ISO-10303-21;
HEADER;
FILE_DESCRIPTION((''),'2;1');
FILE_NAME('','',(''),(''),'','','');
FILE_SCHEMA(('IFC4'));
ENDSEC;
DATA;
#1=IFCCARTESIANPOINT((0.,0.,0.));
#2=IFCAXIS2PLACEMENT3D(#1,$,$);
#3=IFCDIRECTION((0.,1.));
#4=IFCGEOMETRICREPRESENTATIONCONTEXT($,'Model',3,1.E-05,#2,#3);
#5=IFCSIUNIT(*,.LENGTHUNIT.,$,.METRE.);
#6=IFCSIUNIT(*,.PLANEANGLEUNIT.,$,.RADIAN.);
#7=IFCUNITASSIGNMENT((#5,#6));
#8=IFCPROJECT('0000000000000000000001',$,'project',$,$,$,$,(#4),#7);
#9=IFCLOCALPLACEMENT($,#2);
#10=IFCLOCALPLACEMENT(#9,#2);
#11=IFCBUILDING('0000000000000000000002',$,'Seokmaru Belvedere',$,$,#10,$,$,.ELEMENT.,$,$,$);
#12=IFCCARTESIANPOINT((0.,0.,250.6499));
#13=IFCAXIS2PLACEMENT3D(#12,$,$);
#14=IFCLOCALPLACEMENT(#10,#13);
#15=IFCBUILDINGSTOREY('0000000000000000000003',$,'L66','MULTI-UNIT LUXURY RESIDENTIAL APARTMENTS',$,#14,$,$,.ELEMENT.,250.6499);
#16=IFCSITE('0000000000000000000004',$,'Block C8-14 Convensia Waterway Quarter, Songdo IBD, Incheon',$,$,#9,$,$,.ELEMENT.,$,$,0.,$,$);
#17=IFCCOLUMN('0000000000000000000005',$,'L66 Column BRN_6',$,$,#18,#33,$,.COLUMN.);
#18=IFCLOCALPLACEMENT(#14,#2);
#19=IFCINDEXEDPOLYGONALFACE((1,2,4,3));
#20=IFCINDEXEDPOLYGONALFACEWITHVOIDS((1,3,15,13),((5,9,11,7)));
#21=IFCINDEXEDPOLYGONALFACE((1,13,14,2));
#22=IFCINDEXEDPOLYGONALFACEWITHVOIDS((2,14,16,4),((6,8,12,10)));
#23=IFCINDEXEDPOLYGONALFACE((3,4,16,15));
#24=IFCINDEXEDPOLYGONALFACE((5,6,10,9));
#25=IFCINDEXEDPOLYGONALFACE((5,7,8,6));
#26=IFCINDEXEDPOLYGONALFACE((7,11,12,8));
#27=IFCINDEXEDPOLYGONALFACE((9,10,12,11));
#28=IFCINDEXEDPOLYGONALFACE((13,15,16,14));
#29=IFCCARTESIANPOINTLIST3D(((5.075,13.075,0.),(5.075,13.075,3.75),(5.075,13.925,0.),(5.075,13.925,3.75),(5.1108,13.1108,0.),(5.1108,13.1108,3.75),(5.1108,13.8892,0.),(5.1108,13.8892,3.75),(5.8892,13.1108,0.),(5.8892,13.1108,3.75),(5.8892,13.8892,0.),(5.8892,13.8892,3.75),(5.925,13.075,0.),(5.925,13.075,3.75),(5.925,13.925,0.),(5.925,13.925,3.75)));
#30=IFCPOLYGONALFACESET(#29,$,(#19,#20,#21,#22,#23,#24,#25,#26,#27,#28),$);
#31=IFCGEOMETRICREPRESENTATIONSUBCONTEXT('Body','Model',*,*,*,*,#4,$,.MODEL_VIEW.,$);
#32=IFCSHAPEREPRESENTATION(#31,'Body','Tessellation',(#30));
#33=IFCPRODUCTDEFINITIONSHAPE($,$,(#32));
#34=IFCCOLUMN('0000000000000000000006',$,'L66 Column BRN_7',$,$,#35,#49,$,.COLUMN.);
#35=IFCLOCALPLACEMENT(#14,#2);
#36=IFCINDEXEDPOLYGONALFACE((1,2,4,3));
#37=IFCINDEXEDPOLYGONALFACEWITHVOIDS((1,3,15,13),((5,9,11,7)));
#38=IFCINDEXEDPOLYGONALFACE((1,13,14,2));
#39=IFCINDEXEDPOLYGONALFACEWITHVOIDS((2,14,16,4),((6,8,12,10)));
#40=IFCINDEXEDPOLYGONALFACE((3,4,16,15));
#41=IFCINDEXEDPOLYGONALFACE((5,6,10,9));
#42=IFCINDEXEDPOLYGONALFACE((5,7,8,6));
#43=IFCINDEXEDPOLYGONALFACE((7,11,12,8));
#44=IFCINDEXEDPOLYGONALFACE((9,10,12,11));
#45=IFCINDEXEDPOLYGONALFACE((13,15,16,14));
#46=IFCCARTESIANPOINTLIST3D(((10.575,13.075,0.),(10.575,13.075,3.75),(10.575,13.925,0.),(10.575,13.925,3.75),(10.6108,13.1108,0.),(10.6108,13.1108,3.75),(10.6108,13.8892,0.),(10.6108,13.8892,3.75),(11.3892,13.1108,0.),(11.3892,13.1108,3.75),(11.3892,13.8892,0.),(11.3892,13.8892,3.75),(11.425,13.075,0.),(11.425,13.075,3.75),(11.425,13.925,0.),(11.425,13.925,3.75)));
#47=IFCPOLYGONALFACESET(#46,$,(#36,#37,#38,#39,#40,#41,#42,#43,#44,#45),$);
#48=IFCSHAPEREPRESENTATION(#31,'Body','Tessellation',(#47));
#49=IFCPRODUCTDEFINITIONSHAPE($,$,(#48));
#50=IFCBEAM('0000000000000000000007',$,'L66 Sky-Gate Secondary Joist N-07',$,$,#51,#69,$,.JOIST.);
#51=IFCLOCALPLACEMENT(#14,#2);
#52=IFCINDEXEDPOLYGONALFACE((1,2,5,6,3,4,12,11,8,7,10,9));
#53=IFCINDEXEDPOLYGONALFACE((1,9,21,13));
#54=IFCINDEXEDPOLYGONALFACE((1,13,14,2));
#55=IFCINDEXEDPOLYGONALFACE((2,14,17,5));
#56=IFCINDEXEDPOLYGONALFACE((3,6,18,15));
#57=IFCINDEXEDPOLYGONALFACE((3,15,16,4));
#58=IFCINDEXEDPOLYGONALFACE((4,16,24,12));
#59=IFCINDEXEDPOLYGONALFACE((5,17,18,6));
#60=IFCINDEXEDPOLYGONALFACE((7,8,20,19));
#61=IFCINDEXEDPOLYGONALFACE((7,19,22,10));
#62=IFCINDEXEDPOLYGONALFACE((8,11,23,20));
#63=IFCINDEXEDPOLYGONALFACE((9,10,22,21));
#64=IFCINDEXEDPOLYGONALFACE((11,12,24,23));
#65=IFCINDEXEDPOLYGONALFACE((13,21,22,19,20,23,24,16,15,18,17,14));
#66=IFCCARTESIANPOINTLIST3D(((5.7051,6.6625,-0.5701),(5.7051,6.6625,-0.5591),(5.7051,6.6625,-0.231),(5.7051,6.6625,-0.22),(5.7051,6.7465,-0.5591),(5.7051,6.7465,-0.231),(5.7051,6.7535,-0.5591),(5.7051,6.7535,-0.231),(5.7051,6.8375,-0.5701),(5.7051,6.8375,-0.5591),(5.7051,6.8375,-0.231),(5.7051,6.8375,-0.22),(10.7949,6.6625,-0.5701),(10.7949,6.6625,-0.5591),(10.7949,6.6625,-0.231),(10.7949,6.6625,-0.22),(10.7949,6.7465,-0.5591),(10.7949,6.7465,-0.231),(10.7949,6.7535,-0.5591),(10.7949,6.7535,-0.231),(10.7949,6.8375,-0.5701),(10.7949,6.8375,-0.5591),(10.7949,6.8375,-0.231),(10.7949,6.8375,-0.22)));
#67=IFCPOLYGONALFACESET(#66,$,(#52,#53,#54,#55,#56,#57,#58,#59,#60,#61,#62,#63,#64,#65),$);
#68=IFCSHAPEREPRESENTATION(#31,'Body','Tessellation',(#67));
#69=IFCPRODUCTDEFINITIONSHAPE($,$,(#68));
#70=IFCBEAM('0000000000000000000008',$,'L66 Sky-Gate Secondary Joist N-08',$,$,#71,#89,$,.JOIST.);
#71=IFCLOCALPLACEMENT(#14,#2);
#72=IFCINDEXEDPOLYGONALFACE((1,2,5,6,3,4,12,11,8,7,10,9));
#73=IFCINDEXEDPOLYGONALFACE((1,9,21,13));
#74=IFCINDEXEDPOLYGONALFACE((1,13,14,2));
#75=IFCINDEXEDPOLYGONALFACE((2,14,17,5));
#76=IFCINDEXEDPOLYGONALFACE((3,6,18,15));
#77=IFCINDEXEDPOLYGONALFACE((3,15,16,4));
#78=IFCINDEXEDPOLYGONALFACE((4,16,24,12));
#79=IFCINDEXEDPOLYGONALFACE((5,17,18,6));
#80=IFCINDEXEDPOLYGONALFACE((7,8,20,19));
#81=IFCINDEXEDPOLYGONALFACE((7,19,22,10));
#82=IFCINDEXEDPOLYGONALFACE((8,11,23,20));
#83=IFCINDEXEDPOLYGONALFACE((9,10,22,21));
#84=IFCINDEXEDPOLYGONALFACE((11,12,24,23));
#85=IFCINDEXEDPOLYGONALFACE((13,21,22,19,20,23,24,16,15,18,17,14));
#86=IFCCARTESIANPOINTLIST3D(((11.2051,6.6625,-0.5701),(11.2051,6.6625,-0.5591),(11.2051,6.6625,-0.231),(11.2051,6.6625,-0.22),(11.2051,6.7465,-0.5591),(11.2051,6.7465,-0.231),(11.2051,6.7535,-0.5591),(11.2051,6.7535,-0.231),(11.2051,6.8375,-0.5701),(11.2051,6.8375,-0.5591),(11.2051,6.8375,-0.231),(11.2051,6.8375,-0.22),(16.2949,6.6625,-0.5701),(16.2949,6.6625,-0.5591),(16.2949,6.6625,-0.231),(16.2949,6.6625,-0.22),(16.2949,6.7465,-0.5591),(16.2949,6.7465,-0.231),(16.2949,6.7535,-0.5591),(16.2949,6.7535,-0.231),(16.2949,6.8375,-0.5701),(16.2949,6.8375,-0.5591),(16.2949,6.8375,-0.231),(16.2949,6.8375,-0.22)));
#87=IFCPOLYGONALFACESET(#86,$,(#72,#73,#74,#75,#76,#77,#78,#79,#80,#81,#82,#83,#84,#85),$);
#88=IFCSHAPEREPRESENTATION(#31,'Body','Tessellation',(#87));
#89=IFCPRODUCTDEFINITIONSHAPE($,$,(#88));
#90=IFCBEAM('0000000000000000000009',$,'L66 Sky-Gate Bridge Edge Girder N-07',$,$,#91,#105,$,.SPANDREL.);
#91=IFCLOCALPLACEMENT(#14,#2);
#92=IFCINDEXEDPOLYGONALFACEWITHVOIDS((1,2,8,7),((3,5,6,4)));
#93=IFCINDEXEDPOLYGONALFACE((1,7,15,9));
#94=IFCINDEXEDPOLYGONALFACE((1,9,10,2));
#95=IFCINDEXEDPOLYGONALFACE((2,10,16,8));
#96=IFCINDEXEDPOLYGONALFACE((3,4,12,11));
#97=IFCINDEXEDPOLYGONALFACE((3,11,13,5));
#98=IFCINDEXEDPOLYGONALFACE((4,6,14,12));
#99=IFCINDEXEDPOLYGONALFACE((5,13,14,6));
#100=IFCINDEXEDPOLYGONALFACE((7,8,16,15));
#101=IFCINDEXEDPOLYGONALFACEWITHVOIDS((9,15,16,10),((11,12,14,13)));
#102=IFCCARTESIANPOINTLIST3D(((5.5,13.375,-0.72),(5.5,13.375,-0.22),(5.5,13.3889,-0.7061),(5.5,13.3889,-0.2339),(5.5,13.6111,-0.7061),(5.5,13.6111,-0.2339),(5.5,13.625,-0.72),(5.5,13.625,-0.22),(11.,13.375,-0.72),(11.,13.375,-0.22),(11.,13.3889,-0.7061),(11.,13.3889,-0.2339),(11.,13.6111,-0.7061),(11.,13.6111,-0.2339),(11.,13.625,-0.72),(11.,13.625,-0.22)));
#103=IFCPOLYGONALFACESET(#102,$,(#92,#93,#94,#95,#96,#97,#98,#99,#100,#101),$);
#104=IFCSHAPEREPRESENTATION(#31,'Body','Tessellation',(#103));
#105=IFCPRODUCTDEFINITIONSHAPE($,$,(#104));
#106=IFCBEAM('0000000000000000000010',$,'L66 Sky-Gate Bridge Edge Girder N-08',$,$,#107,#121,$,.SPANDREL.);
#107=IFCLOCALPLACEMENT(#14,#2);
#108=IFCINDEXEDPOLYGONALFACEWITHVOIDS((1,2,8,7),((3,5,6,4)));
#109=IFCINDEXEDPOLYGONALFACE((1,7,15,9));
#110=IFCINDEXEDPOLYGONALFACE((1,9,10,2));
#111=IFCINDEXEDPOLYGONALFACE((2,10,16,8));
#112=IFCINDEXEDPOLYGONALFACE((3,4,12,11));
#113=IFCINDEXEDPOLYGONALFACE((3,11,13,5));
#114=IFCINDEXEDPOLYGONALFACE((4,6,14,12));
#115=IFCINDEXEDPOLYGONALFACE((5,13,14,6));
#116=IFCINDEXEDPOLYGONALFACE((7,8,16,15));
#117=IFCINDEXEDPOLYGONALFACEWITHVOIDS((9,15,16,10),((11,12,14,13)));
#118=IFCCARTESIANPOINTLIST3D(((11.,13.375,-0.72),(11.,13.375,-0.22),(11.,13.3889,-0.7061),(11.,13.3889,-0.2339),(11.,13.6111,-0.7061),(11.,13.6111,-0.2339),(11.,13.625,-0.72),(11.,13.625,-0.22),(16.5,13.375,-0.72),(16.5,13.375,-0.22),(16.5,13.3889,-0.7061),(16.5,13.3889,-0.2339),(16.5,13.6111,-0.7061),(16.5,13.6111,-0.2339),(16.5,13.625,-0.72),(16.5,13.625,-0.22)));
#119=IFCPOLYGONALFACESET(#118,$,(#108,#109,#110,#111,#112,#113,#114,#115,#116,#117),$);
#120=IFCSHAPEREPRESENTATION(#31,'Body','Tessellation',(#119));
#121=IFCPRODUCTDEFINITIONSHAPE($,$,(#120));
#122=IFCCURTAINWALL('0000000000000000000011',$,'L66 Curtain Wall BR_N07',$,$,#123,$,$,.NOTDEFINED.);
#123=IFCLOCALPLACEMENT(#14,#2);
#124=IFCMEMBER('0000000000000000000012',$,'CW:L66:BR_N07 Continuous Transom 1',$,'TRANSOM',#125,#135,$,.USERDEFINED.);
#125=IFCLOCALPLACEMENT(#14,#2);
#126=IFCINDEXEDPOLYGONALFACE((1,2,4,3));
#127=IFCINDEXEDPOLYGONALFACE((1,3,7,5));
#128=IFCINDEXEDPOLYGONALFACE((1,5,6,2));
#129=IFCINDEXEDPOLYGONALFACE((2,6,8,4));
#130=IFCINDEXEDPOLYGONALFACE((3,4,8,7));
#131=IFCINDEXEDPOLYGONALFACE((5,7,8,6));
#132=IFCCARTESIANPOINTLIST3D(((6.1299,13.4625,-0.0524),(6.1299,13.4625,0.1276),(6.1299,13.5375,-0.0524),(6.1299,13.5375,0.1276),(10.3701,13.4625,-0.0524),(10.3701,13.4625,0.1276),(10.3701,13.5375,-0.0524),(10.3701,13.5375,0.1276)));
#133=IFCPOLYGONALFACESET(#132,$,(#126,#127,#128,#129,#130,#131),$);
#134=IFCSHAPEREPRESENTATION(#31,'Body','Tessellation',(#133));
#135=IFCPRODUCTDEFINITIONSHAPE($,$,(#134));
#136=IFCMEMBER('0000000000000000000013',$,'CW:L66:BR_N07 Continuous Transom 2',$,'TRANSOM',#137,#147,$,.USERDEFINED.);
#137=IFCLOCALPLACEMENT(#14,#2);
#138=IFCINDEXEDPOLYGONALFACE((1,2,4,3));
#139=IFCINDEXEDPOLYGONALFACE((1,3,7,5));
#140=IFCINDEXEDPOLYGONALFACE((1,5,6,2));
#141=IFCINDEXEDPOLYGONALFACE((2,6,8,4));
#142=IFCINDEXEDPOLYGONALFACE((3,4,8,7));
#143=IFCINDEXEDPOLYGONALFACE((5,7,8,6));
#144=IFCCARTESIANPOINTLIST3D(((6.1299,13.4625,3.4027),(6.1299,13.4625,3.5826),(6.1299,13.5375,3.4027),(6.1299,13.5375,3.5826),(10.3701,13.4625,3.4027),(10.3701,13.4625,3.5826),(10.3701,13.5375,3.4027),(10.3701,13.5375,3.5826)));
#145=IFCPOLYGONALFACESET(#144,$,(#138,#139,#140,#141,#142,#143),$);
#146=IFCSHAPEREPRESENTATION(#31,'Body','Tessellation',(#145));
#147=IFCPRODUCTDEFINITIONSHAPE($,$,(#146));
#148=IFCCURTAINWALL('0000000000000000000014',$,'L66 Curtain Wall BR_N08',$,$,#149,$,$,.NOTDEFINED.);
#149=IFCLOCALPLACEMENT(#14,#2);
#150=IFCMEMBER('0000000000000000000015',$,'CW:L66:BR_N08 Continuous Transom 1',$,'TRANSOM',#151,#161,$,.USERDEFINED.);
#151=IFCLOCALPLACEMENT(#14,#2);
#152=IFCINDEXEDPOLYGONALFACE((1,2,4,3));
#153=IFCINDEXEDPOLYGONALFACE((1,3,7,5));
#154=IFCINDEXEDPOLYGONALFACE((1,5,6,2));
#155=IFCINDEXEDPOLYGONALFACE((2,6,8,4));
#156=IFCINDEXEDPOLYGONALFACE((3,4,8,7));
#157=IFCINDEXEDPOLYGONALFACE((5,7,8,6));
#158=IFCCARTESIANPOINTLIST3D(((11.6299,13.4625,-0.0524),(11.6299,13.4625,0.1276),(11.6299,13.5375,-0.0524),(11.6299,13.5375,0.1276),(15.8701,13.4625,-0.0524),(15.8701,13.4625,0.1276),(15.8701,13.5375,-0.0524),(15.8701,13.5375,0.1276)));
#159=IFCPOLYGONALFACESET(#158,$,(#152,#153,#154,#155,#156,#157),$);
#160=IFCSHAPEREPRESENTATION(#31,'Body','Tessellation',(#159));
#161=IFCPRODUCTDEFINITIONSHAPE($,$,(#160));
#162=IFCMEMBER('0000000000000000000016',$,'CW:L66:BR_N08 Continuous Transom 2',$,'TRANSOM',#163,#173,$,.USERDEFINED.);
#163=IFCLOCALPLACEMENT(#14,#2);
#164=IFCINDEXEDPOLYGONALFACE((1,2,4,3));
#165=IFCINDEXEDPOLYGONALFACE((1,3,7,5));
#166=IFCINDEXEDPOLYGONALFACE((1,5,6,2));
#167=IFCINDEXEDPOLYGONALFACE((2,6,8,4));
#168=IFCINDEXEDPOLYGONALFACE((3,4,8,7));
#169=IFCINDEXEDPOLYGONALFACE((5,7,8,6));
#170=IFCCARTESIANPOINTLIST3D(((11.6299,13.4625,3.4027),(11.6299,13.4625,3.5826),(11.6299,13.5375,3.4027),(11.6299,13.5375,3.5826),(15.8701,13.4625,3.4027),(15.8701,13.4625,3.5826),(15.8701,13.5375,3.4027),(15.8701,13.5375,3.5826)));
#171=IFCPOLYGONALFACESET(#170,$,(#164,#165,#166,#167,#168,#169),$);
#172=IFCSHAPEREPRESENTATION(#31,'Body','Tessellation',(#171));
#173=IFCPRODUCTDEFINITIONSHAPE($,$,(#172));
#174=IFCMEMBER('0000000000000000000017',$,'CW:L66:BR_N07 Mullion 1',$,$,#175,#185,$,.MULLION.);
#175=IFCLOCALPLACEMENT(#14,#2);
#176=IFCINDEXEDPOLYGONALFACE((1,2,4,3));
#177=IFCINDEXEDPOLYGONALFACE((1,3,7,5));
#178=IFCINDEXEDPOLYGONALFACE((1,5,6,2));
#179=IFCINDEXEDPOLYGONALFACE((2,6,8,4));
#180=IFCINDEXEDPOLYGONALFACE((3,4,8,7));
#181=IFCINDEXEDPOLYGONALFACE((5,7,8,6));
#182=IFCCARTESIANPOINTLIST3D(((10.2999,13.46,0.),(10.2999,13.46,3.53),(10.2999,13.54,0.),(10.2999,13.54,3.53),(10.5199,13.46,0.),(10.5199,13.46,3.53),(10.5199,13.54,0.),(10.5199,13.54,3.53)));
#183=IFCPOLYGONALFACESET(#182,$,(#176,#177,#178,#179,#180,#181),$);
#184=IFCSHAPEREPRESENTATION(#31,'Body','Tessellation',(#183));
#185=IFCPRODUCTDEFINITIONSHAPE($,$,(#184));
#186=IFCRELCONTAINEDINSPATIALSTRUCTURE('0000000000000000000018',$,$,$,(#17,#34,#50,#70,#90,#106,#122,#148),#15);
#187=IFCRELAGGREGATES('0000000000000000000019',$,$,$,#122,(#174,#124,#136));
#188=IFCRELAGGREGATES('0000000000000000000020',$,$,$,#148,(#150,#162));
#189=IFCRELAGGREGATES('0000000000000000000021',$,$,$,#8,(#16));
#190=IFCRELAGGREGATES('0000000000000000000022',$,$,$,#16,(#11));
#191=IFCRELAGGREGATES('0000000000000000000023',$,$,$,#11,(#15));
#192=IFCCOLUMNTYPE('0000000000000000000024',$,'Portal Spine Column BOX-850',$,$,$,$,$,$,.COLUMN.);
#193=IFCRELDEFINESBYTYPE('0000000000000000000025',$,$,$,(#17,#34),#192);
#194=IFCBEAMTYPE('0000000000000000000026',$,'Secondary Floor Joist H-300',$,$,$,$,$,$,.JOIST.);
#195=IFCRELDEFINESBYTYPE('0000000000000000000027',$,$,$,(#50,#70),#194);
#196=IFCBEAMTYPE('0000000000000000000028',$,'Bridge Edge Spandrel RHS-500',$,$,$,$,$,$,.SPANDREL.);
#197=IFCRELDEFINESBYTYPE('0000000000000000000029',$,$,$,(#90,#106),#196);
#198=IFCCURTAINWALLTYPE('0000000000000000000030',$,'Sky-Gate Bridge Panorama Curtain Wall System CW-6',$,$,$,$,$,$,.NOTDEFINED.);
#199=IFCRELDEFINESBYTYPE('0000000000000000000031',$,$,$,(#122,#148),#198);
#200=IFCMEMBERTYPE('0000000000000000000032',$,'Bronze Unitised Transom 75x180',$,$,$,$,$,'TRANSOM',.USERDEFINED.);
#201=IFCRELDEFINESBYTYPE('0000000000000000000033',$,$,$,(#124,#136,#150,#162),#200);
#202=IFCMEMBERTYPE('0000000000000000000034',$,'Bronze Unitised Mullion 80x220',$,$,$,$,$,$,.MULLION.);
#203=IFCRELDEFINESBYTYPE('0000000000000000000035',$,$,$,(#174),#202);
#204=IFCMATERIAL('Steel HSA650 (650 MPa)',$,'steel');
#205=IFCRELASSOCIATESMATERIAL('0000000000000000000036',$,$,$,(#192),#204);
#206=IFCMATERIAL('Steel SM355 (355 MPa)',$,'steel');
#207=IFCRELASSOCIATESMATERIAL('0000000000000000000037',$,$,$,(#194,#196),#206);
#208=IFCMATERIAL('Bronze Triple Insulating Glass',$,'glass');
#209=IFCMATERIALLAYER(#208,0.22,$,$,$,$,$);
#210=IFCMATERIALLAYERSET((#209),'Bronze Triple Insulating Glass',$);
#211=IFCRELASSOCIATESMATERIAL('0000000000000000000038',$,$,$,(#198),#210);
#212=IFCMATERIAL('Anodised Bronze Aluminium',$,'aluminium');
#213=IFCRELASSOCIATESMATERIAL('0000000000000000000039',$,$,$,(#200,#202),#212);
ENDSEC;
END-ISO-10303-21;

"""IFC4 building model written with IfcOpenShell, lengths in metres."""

from ifc_helpers import new_model, si_unit, direction, frame, origin, origin_2d, place, context, subcontext, project, spatial, rectangle, hollow_rectangle, i_section, extrude, source, transform, mapped, material, layer, layer_set, material_profile, profile_set, type_object, type_shapes, element, aggregate, save


model = new_model("IFC4")

# Units and contexts
model_context = context("Model", 3, precision=1e-05, world=origin(), true_north=direction((0.0, 1.0)))
body_context = subcontext(model_context, "Body", "Model", "MODEL_VIEW")
ifc_project = project(units=[si_unit("LENGTHUNIT", "METRE"), si_unit("PLANEANGLEUNIT", "RADIAN")], contexts=[model_context])

# Site, building, storey
site_placement = place(None, origin())
site = spatial("IfcSite", under=ifc_project, at=site_placement, Name="Block C8-14 Convensia Waterway Quarter, Songdo IBD, Incheon", CompositionType="ELEMENT", RefElevation=0.0)
building_placement = place(site_placement, origin())
building = spatial("IfcBuilding", under=site, at=building_placement, Name="Seokmaru Belvedere", CompositionType="ELEMENT")
storey_placement = place(building_placement, frame((0.0, 0.0, 250.6499)))
storey = spatial("IfcBuildingStorey", under=building, at=storey_placement, Name="L66", Description="MULTI-UNIT LUXURY RESIDENTIAL APARTMENTS", CompositionType="ELEMENT", Elevation=250.6499)

# Columns
ifc_material_1 = material(Name="Steel HSA650 (650 MPa)", Category="steel")
ifc_material_profile_1 = material_profile(ifc_material_1, hollow_rectangle(XDim=0.8501, YDim=0.8501, WallThickness=0.0359, at=origin_2d()), Name="BOX-850x850x36")
ifc_profile_set_1 = profile_set([ifc_material_profile_1], Name="Steel HSA650 (650 MPa)")
column_type = type_object("IfcColumnType", Name="Portal Spine Column BOX-850", PredefinedType="COLUMN", material=ifc_profile_set_1)
shared_shape_1 = source(origin(), body_context, "Body", "SweptSolid", [
    extrude(hollow_rectangle(XDim=0.8501, YDim=0.8501, WallThickness=0.0359, at=origin_2d()), origin(), (0.0, 0.0, 1.0), 3.75),
])
type_shapes(column_type, [shared_shape_1])
for number, where, z_axis, x_axis, name in (
    (1, (5.5, 13.5, 0.0), (0.0, 0.0, 1.0), (1.0, 0.0, 0.0), "L66 Column BRN_6"),
    (2, (11.0, 13.5, 0.0), (0.0, 0.0, 1.0), (1.0, 0.0, 0.0), "L66 Column BRN_7"),
):
    element("IfcColumn", number, at=place(storey_placement, frame(where, z_axis=z_axis, x_axis=x_axis)), inside=storey, type_object=column_type, Name=name, PredefinedType="COLUMN", context=body_context, shape_type="MappedRepresentation", body=[
        mapped(shared_shape_1, transform((0.0, 0.0, 0.0), scale=1.0)),
    ])

# Beams
ifc_material_2 = material(Name="Steel SM355 (355 MPa)", Category="steel")
ifc_material_profile_2 = material_profile(ifc_material_2, i_section(OverallWidth=0.175, OverallDepth=0.3501, WebThickness=0.0071, FlangeThickness=0.011, at=origin_2d()), Name="H-350x175x7x11")
ifc_profile_set_2 = profile_set([ifc_material_profile_2], Name="Steel SM355 (355 MPa)")
beam_type_1 = type_object("IfcBeamType", Name="Secondary Floor Joist H-300", PredefinedType="JOIST", material=ifc_profile_set_2)
shared_shape_2 = source(origin(), body_context, "Body", "SweptSolid", [
    extrude(i_section(OverallWidth=0.175, OverallDepth=0.3501, WebThickness=0.0071, FlangeThickness=0.011, at=origin_2d()), origin(), (0.0, 0.0, 1.0), 5.0898),
])
type_shapes(beam_type_1, [shared_shape_2])
for number, where, z_axis, x_axis, name in (
    (3, (5.7051, 6.75, -0.395), (1.0, 0.0, 0.0), (0.0, 1.0, 0.0), "L66 Sky-Gate Secondary Joist N-07"),
    (4, (11.2051, 6.75, -0.395), (1.0, 0.0, 0.0), (0.0, 1.0, 0.0), "L66 Sky-Gate Secondary Joist N-08"),
):
    element("IfcBeam", number, at=place(storey_placement, frame(where, z_axis=z_axis, x_axis=x_axis)), inside=storey, type_object=beam_type_1, Name=name, PredefinedType="JOIST", context=body_context, shape_type="MappedRepresentation", body=[
        mapped(shared_shape_2, transform((0.0, 0.0, 0.0), scale=1.0)),
    ])
ifc_material_profile_3 = material_profile(ifc_material_2, hollow_rectangle(XDim=0.25, YDim=0.5, WallThickness=0.0139, at=origin_2d()), Name="RHS-500x250x14")
ifc_profile_set_3 = profile_set([ifc_material_profile_3], Name="Steel SM355 (355 MPa)")
beam_type_2 = type_object("IfcBeamType", Name="Bridge Edge Spandrel RHS-500", PredefinedType="SPANDREL", material=ifc_profile_set_3)
shared_shape_3 = source(origin(), body_context, "Body", "SweptSolid", [
    extrude(hollow_rectangle(XDim=0.25, YDim=0.5, WallThickness=0.0139, at=origin_2d()), origin(), (0.0, 0.0, 1.0), 5.5),
])
type_shapes(beam_type_2, [shared_shape_3])
for number, where, z_axis, x_axis, name in (
    (5, (5.5, 13.5, -0.47), (1.0, 0.0, 0.0), (0.0, 1.0, 0.0), "L66 Sky-Gate Bridge Edge Girder N-07"),
    (6, (11.0, 13.5, -0.47), (1.0, 0.0, 0.0), (0.0, 1.0, 0.0), "L66 Sky-Gate Bridge Edge Girder N-08"),
):
    element("IfcBeam", number, at=place(storey_placement, frame(where, z_axis=z_axis, x_axis=x_axis)), inside=storey, type_object=beam_type_2, Name=name, PredefinedType="SPANDREL", context=body_context, shape_type="MappedRepresentation", body=[
        mapped(shared_shape_3, transform((0.0, 0.0, 0.0), scale=1.0)),
    ])

# Curtain walls, members
ifc_material_3 = material(Name="Bronze Triple Insulating Glass", Category="glass")
ifc_layer_1 = layer(ifc_material_3, 0.22)
ifc_layer_set_1 = layer_set([ifc_layer_1], Name="Bronze Triple Insulating Glass")
curtain_wall_type = type_object("IfcCurtainWallType", Name="Sky-Gate Bridge Panorama Curtain Wall System CW-6", PredefinedType="NOTDEFINED", material=ifc_layer_set_1)
curtain_wall_1_placement = place(storey_placement, origin())
curtain_wall_1 = element("IfcCurtainWall", 7, at=curtain_wall_1_placement, inside=storey, type_object=curtain_wall_type, Name="L66 Curtain Wall BR_N07", PredefinedType="NOTDEFINED")
ifc_material_4 = material(Name="Anodised Bronze Aluminium", Category="aluminium")
ifc_material_profile_4 = material_profile(ifc_material_4, rectangle(XDim=0.075, YDim=0.1799, at=origin_2d()), Name="CW-T-75x180")
ifc_profile_set_4 = profile_set([ifc_material_profile_4], Name="Anodised Bronze Aluminium")
member_type_1 = type_object("IfcMemberType", Name="Bronze Unitised Transom 75x180", ElementType="TRANSOM", PredefinedType="USERDEFINED", material=ifc_profile_set_4)
shared_shape_4 = source(origin(), body_context, "Body", "SweptSolid", [
    extrude(rectangle(XDim=0.075, YDim=0.1799, at=origin_2d()), origin(), (0.0, 0.0, 1.0), 4.2402),
])
type_shapes(member_type_1, [shared_shape_4])
member_1_placement = place(storey_placement, frame((10.3701, 13.5, 0.0376), z_axis=(-1.0, 0.0, 0.0), x_axis=(0.0, -1.0, 0.0)))
member_1 = element("IfcMember", 8, at=member_1_placement, type_object=member_type_1, Name="CW:L66:BR_N07 Continuous Transom 1", ObjectType="TRANSOM", PredefinedType="USERDEFINED", context=body_context, shape_type="MappedRepresentation", body=[
    mapped(shared_shape_4, transform((0.0, 0.0, 0.0), scale=1.0)),
])
member_2_placement = place(storey_placement, frame((10.3701, 13.5, 3.4927), z_axis=(-1.0, 0.0, 0.0), x_axis=(0.0, -1.0, 0.0)))
member_2 = element("IfcMember", 9, at=member_2_placement, type_object=member_type_1, Name="CW:L66:BR_N07 Continuous Transom 2", ObjectType="TRANSOM", PredefinedType="USERDEFINED", context=body_context, shape_type="MappedRepresentation", body=[
    mapped(shared_shape_4, transform((0.0, 0.0, 0.0), scale=1.0)),
])
curtain_wall_2_placement = place(storey_placement, origin())
curtain_wall_2 = element("IfcCurtainWall", 10, at=curtain_wall_2_placement, inside=storey, type_object=curtain_wall_type, Name="L66 Curtain Wall BR_N08", PredefinedType="NOTDEFINED")
member_3_placement = place(storey_placement, frame((15.8701, 13.5, 0.0376), z_axis=(-1.0, 0.0, 0.0), x_axis=(0.0, -1.0, 0.0)))
member_3 = element("IfcMember", 11, at=member_3_placement, type_object=member_type_1, Name="CW:L66:BR_N08 Continuous Transom 1", ObjectType="TRANSOM", PredefinedType="USERDEFINED", context=body_context, shape_type="MappedRepresentation", body=[
    mapped(shared_shape_4, transform((0.0, 0.0, 0.0), scale=1.0)),
])
member_4_placement = place(storey_placement, frame((15.8701, 13.5, 3.4927), z_axis=(-1.0, 0.0, 0.0), x_axis=(0.0, -1.0, 0.0)))
member_4 = element("IfcMember", 12, at=member_4_placement, type_object=member_type_1, Name="CW:L66:BR_N08 Continuous Transom 2", ObjectType="TRANSOM", PredefinedType="USERDEFINED", context=body_context, shape_type="MappedRepresentation", body=[
    mapped(shared_shape_4, transform((0.0, 0.0, 0.0), scale=1.0)),
])

# Member
ifc_material_profile_5 = material_profile(ifc_material_4, rectangle(XDim=0.0801, YDim=0.22, at=origin_2d()), Name="CW-M-80x220")
ifc_profile_set_5 = profile_set([ifc_material_profile_5], Name="Anodised Bronze Aluminium")
member_type_2 = type_object("IfcMemberType", Name="Bronze Unitised Mullion 80x220", PredefinedType="MULLION", material=ifc_profile_set_5)
shared_shape_5 = source(origin(), body_context, "Body", "SweptSolid", [
    extrude(rectangle(XDim=0.0801, YDim=0.22, at=origin_2d()), origin(), (0.0, 0.0, 1.0), 3.53),
])
type_shapes(member_type_2, [shared_shape_5])
member_5_placement = place(storey_placement, frame((10.4099, 13.5, 0.0), z_axis=(0.0, 0.0, 1.0), x_axis=(0.0, -1.0, 0.0)))
member_5 = element("IfcMember", 13, at=member_5_placement, type_object=member_type_2, Name="CW:L66:BR_N07 Mullion 1", PredefinedType="MULLION", context=body_context, shape_type="MappedRepresentation", body=[
    mapped(shared_shape_5, transform((0.0, 0.0, 0.0), scale=1.0)),
])

aggregate(curtain_wall_1, [member_5, member_1, member_2])
aggregate(curtain_wall_2, [member_3, member_4])

save(model, "model.ifc")
